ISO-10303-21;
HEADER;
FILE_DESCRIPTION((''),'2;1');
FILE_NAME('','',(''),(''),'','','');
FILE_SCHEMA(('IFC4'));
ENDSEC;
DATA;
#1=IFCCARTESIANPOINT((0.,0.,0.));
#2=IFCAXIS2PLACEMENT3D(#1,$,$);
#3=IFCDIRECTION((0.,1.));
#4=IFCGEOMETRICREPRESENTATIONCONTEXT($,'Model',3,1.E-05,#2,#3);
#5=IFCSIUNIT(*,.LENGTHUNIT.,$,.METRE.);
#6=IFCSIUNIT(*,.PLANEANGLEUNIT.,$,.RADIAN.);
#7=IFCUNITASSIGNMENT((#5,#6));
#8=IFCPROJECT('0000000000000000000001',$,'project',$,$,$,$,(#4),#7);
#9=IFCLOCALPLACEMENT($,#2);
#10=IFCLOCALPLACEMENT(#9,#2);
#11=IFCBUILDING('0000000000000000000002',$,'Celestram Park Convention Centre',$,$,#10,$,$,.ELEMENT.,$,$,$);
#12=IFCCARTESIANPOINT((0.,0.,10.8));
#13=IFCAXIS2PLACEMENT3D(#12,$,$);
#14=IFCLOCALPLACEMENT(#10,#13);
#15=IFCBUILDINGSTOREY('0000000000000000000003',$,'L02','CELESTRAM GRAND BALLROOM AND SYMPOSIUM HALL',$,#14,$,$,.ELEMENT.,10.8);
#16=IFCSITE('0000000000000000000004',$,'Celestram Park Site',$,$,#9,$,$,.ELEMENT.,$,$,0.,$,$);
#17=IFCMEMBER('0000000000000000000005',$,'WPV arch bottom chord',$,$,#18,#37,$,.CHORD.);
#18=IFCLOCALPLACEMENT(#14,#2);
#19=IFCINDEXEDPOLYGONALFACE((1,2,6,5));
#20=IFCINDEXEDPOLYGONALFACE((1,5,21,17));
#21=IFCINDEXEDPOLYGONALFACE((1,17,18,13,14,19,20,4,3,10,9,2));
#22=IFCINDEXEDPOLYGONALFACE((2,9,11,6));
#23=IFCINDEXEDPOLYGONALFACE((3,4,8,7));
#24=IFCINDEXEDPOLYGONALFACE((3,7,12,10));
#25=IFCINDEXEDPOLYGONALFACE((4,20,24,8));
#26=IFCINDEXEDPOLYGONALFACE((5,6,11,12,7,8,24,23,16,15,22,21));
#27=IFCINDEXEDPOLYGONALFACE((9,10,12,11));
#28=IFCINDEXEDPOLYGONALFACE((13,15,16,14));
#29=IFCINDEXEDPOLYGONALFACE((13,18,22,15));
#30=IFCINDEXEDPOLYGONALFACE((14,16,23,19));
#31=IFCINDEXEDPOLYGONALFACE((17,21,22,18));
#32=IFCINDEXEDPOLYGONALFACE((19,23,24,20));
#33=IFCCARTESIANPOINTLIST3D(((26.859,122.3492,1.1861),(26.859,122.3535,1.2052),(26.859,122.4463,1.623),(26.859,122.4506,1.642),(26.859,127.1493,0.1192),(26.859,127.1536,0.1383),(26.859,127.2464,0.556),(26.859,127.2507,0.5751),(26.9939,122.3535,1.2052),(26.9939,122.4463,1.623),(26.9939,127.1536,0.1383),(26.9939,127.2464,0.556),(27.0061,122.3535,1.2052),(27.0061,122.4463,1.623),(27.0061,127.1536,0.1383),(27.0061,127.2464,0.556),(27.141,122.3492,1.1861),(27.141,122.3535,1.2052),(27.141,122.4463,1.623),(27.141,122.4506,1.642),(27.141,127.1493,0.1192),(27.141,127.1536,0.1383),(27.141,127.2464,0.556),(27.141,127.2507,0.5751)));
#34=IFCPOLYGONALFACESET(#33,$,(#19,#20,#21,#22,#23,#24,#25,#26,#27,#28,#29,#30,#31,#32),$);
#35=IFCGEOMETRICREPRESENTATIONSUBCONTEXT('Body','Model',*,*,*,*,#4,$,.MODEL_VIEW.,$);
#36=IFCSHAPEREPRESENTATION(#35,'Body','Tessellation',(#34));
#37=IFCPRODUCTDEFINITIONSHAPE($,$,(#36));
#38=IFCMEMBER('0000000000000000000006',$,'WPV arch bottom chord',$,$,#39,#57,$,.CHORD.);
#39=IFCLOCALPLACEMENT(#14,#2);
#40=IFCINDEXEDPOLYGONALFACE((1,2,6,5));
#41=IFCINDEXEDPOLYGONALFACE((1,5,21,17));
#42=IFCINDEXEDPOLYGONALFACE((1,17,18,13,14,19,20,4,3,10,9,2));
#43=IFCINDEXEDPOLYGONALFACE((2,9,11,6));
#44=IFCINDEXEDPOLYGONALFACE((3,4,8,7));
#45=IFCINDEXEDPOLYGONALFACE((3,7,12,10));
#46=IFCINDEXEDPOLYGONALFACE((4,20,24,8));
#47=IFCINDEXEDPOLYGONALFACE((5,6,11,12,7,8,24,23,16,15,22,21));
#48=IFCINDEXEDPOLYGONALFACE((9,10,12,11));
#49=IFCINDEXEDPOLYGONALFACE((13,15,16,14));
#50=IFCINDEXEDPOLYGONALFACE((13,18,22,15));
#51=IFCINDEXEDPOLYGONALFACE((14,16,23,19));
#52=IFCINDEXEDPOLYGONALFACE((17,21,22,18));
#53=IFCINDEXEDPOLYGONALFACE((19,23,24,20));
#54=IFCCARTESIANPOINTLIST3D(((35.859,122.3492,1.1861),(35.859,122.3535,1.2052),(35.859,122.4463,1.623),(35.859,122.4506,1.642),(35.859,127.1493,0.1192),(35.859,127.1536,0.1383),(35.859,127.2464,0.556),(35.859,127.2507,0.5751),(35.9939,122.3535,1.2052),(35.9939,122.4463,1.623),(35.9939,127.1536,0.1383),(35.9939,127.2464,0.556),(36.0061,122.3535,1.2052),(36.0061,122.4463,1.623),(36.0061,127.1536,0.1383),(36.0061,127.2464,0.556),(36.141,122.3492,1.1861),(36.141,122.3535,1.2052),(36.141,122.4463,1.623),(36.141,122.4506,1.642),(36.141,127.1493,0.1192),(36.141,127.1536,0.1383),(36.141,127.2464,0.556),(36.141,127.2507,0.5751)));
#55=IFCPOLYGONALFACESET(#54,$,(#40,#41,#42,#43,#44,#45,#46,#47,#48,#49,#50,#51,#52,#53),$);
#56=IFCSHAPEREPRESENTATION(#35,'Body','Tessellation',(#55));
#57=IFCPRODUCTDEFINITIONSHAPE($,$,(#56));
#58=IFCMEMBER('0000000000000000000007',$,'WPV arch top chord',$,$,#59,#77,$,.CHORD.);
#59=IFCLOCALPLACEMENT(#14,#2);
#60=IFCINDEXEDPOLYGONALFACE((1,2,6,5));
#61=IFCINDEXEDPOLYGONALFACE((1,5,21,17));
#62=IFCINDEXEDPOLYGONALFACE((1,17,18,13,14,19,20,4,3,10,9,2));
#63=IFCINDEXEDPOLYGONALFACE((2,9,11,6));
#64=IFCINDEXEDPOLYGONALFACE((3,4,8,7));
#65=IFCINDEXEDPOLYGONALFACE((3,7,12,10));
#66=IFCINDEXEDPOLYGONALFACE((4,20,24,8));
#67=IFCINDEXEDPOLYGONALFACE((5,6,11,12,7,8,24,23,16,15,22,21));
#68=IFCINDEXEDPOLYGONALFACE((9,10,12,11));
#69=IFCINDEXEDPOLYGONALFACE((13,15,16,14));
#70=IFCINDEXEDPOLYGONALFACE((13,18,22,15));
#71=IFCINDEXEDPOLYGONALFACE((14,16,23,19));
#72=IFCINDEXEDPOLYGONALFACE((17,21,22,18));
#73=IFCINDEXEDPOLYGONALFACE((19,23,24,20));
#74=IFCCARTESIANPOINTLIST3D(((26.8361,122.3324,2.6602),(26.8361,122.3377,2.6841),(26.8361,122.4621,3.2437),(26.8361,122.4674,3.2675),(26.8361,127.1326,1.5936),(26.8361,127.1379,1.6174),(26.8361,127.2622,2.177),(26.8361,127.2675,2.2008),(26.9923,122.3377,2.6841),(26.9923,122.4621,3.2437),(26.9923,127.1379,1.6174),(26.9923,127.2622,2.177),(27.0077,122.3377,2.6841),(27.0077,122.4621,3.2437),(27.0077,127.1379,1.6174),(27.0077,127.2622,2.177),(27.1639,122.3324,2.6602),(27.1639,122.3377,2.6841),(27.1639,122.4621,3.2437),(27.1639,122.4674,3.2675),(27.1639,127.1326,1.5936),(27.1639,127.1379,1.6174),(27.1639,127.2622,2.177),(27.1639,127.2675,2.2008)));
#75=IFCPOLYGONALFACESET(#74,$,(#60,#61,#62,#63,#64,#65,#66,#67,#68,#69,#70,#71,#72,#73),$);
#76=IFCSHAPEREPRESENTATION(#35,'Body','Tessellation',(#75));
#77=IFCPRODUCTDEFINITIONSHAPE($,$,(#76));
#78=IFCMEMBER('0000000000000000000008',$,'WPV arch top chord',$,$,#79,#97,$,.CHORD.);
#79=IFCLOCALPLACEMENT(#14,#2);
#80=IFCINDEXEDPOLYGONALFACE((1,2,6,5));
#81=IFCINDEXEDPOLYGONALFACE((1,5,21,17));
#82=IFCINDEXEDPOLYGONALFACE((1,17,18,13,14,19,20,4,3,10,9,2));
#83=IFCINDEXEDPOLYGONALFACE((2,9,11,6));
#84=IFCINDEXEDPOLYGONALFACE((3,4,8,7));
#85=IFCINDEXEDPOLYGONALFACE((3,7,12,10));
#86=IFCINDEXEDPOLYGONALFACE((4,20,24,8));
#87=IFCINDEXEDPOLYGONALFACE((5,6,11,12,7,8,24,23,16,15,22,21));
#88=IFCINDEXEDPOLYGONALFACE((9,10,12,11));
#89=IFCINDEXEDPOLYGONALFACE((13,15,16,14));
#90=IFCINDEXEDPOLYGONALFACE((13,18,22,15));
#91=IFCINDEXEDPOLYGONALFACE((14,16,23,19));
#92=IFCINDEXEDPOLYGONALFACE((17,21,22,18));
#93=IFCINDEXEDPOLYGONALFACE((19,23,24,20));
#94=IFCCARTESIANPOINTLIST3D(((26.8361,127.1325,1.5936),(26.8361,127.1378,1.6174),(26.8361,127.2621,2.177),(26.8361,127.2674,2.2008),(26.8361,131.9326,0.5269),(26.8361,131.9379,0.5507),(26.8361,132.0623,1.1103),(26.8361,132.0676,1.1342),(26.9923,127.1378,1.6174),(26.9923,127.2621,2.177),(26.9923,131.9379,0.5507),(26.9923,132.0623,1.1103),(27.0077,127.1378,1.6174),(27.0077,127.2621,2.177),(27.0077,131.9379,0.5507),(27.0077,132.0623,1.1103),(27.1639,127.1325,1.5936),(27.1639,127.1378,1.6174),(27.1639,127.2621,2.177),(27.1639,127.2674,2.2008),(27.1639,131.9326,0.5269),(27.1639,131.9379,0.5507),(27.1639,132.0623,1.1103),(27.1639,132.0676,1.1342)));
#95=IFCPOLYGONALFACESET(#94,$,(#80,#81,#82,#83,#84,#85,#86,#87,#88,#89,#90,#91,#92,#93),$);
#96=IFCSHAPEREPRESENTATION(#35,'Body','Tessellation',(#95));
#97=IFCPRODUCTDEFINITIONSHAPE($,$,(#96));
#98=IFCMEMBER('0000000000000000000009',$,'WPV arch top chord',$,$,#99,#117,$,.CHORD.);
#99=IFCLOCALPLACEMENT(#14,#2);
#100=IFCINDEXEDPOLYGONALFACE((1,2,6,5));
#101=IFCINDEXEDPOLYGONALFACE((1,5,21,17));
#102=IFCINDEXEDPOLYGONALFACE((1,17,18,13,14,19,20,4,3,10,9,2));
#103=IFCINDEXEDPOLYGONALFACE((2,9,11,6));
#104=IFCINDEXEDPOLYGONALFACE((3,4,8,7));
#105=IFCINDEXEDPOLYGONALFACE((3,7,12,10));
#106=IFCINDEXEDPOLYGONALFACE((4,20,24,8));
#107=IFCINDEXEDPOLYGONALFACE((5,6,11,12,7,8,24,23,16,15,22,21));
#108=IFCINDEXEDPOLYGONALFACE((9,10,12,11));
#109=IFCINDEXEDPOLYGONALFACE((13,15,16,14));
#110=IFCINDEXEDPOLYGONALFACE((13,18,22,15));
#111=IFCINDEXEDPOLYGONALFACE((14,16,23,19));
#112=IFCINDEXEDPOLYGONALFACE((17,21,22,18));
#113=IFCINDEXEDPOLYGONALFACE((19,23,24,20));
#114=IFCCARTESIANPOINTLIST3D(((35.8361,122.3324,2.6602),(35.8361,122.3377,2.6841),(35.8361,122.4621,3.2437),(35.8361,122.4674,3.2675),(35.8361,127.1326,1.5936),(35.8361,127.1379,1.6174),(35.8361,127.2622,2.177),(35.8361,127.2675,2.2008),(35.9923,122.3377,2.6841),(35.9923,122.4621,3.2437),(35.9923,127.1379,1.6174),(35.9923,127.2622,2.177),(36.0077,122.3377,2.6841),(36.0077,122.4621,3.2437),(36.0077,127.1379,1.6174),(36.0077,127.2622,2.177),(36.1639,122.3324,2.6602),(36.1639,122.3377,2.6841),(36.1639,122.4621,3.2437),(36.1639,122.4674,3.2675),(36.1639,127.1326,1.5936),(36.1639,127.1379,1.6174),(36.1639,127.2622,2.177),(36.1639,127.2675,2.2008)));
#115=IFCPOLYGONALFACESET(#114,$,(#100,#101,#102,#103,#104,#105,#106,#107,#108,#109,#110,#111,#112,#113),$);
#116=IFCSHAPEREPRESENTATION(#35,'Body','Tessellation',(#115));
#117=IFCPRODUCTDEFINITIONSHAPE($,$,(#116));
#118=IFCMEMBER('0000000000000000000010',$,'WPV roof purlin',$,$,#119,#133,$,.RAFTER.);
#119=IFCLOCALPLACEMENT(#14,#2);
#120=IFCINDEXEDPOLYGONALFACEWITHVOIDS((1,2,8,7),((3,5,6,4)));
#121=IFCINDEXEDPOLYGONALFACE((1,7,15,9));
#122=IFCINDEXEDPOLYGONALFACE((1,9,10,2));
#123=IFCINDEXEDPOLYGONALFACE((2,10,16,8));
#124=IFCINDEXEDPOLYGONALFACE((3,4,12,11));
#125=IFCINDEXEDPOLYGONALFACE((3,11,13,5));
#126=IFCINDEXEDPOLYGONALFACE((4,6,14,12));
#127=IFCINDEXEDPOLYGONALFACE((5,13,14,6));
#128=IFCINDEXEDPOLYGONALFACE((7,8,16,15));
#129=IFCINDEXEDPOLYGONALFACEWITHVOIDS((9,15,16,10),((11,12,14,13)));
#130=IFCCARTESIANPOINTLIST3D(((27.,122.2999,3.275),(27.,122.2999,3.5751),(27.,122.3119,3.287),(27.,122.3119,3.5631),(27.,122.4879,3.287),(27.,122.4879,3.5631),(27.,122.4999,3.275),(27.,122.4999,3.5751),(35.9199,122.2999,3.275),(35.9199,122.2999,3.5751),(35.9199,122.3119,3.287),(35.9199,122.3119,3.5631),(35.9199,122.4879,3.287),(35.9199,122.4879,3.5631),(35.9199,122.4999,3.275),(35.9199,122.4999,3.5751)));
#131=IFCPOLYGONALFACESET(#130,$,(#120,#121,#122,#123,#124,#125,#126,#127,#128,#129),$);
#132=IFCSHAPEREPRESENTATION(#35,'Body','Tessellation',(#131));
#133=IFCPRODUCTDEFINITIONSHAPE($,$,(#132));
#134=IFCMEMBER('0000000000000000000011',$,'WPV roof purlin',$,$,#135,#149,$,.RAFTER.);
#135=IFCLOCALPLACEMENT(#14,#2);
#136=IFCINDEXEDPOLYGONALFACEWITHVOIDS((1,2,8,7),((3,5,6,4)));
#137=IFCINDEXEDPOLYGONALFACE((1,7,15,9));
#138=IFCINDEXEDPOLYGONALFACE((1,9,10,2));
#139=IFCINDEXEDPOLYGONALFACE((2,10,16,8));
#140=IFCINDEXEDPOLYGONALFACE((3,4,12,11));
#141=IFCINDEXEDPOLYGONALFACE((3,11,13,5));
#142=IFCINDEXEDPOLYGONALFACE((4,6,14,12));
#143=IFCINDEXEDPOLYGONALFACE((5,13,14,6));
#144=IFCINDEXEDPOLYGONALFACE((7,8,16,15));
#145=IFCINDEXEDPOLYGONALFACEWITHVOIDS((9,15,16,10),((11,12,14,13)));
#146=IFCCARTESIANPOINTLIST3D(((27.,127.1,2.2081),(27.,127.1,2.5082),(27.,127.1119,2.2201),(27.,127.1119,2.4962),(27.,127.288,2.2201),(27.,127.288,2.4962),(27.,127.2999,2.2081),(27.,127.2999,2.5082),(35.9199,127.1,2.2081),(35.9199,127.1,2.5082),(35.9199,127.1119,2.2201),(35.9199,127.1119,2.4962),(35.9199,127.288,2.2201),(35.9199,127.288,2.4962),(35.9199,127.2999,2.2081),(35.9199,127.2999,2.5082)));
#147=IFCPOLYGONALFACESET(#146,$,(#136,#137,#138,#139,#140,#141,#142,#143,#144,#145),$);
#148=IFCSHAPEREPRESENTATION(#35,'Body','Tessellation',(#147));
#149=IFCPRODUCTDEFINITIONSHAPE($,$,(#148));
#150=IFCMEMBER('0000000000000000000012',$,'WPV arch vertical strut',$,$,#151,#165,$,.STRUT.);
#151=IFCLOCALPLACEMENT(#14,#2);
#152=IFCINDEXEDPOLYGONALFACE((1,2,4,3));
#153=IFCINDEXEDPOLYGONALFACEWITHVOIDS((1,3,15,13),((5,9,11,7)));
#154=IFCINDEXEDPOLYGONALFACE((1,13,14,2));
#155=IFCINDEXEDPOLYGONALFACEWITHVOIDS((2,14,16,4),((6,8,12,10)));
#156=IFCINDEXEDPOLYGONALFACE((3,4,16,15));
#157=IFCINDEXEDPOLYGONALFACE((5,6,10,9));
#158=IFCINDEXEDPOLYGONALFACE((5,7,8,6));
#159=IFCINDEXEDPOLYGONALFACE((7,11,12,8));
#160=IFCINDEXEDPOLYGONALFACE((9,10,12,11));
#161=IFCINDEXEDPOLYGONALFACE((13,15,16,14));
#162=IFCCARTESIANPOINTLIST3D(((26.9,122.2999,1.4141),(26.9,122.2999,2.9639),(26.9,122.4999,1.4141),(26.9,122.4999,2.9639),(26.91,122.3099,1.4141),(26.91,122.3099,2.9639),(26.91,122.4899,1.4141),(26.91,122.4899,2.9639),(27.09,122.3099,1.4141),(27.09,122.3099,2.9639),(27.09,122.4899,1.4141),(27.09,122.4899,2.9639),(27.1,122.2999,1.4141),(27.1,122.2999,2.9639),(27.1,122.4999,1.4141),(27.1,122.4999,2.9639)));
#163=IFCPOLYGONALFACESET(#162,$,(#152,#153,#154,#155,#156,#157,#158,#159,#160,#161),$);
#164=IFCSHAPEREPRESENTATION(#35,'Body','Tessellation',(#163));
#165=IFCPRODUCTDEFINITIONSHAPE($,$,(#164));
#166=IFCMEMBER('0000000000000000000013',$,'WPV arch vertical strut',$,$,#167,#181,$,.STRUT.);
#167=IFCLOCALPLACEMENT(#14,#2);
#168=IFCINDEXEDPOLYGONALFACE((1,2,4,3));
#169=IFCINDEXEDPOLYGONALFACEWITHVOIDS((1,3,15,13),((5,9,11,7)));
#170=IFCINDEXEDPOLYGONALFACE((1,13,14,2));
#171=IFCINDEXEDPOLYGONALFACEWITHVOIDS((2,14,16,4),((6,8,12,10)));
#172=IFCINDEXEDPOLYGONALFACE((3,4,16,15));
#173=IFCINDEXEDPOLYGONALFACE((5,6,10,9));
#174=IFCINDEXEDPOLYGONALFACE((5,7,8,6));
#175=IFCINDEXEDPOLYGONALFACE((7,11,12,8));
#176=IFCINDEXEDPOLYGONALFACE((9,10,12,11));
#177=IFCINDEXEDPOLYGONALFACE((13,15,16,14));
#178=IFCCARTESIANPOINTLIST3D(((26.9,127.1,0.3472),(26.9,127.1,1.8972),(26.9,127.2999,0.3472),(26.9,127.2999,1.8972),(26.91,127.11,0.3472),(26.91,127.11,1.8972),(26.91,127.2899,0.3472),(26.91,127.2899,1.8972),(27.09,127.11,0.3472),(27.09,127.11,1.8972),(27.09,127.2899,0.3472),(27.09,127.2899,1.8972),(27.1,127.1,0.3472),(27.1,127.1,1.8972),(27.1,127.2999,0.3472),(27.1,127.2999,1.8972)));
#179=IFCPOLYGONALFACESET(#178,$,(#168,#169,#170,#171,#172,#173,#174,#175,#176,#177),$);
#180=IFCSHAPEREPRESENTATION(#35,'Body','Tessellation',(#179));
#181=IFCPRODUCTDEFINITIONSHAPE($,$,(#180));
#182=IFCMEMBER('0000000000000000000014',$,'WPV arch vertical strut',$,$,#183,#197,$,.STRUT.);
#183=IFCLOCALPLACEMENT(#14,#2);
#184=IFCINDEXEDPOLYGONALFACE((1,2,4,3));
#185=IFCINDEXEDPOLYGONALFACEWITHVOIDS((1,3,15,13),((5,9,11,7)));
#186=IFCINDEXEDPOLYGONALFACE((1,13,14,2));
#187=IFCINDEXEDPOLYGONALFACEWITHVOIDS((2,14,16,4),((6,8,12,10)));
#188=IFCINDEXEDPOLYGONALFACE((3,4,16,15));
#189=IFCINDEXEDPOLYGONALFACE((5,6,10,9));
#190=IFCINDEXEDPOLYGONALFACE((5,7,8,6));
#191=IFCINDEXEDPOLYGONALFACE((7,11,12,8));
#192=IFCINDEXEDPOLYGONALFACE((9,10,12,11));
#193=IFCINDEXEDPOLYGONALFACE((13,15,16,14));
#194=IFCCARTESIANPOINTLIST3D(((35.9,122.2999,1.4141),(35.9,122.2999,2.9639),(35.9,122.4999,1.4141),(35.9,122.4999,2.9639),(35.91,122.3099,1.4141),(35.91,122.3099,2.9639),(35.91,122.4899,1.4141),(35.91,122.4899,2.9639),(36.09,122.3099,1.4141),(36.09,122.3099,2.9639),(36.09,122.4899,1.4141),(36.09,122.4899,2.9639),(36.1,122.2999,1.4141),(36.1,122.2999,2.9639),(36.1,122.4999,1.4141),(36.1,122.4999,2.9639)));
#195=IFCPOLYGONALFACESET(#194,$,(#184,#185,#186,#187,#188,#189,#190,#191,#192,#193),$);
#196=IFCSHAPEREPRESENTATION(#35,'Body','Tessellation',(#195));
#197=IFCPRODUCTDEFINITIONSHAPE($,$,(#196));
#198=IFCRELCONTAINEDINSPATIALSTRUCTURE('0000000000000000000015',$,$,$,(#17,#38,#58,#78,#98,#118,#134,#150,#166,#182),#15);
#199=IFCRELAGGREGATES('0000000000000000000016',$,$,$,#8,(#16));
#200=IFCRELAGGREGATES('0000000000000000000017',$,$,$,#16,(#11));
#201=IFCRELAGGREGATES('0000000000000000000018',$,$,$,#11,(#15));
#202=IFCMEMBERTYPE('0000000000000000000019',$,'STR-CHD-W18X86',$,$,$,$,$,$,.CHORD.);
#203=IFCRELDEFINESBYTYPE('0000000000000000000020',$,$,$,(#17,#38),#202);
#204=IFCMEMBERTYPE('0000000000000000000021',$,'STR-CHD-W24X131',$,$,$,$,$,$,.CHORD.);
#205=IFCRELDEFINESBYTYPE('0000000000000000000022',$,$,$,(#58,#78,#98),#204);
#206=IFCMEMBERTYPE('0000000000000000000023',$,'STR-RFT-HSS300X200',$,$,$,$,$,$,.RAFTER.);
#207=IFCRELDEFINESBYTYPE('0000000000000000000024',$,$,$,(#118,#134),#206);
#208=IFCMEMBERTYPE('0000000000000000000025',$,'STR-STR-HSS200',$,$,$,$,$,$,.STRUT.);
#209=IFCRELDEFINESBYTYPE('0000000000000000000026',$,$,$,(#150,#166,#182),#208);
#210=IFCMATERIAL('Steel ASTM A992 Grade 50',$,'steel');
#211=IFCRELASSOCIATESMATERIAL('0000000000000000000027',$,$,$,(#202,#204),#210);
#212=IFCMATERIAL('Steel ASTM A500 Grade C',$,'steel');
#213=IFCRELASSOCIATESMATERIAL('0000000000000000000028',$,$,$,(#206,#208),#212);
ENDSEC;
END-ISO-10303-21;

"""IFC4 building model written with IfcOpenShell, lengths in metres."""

from ifc_helpers import new_model, si_unit, direction, frame, origin, origin_2d, place, context, subcontext, project, spatial, hollow_rectangle, i_section, extrude, material, material_profile, profile_set, type_object, element, save


model = new_model("IFC4")

# Units and contexts
model_context = context("Model", 3, precision=1e-05, world=origin(), true_north=direction((0.0, 1.0)))
body_context = subcontext(model_context, "Body", "Model", "MODEL_VIEW")
ifc_project = project(units=[si_unit("LENGTHUNIT", "METRE"), si_unit("PLANEANGLEUNIT", "RADIAN")], contexts=[model_context])

# Site, building, storey
site_placement = place(None, origin())
site = spatial("IfcSite", under=ifc_project, at=site_placement, Name="Celestram Park Site", CompositionType="ELEMENT", RefElevation=0.0)
building_placement = place(site_placement, origin())
building = spatial("IfcBuilding", under=site, at=building_placement, Name="Celestram Park Convention Centre", CompositionType="ELEMENT")
storey_placement = place(building_placement, frame((0.0, 0.0, 10.8)))
storey = spatial("IfcBuildingStorey", under=building, at=storey_placement, Name="L02", Description="CELESTRAM GRAND BALLROOM AND SYMPOSIUM HALL", CompositionType="ELEMENT", Elevation=10.8)

# Members
ifc_material_1 = material(Name="Steel ASTM A500 Grade C", Category="steel")
ifc_material_2 = material(Name="Steel ASTM A992 Grade 50", Category="steel")
ifc_material_profile_1 = material_profile(ifc_material_2, i_section(OverallWidth=0.282, OverallDepth=0.467, WebThickness=0.0122, FlangeThickness=0.0195, at=origin_2d()), Name="W18X86")
ifc_profile_set_1 = profile_set([ifc_material_profile_1], Name="Steel ASTM A992 Grade 50")
member_type_1 = type_object("IfcMemberType", Name="STR-CHD-W18X86", PredefinedType="CHORD", material=ifc_profile_set_1)
for number, where, z_axis, x_axis, name in (
    (1, (27.0, 122.3999, 1.4141), (0.0, 0.976178, -0.216973), (-1.0, 0.0, 0.0), "WPV arch bottom chord"),
    (2, (36.0, 122.3999, 1.4141), (0.0, 0.976178, -0.216973), (-1.0, 0.0, 0.0), "WPV arch bottom chord"),
):
    element("IfcMember", number, at=place(storey_placement, frame(where, z_axis=z_axis, x_axis=x_axis)), inside=storey, type_object=member_type_1, Name=name, PredefinedType="CHORD", context=body_context, shape_type="SweptSolid", body=[
        extrude(i_section(OverallWidth=0.282, OverallDepth=0.467, WebThickness=0.0122, FlangeThickness=0.0195, at=origin_2d()), origin(), (0.0, 0.0, 1.0), 4.9172),
    ])
ifc_material_profile_2 = material_profile(ifc_material_2, i_section(OverallWidth=0.3279, OverallDepth=0.6221, WebThickness=0.0154, FlangeThickness=0.0244, at=origin_2d()), Name="W24X131")
ifc_profile_set_2 = profile_set([ifc_material_profile_2], Name="Steel ASTM A992 Grade 50")
member_type_2 = type_object("IfcMemberType", Name="STR-CHD-W24X131", PredefinedType="CHORD", material=ifc_profile_set_2)
for number, where, z_axis, x_axis, name in (
    (3, (27.0, 122.3999, 2.9639), (0.0, 0.976188, -0.216925), (-1.0, 0.0, 0.0), "WPV arch top chord"),
    (4, (27.0, 127.2, 1.8972), (0.0, 0.976188, -0.216925), (-1.0, 0.0, 0.0), "WPV arch top chord"),
    (5, (36.0, 122.3999, 2.9639), (0.0, 0.976188, -0.216925), (-1.0, 0.0, 0.0), "WPV arch top chord"),
):
    element("IfcMember", number, at=place(storey_placement, frame(where, z_axis=z_axis, x_axis=x_axis)), inside=storey, type_object=member_type_2, Name=name, PredefinedType="CHORD", context=body_context, shape_type="SweptSolid", body=[
        extrude(i_section(OverallWidth=0.3279, OverallDepth=0.6221, WebThickness=0.0154, FlangeThickness=0.0244, at=origin_2d()), origin(), (0.0, 0.0, 1.0), 4.9172),
    ])
ifc_material_profile_3 = material_profile(ifc_material_1, hollow_rectangle(XDim=0.2, YDim=0.3, WallThickness=0.012, at=origin_2d()), Name="HSS300X200X12")
ifc_profile_set_3 = profile_set([ifc_material_profile_3], Name="Steel ASTM A500 Grade C")
member_type_3 = type_object("IfcMemberType", Name="STR-RFT-HSS300X200", PredefinedType="RAFTER", material=ifc_profile_set_3)
for number, where, z_axis, x_axis, name in (
    (6, (27.0, 122.3999, 3.425), (1.0, 0.0, 0.0), (0.0, 1.0, 0.0), "WPV roof purlin"),
    (7, (27.0, 127.2, 2.3582), (1.0, 0.0, 0.0), (0.0, 1.0, 0.0), "WPV roof purlin"),
):
    element("IfcMember", number, at=place(storey_placement, frame(where, z_axis=z_axis, x_axis=x_axis)), inside=storey, type_object=member_type_3, Name=name, PredefinedType="RAFTER", context=body_context, shape_type="SweptSolid", body=[
        extrude(hollow_rectangle(XDim=0.2, YDim=0.3, WallThickness=0.012, at=origin_2d()), origin(), (0.0, 0.0, 1.0), 8.9199),
    ])
ifc_material_profile_4 = material_profile(ifc_material_1, hollow_rectangle(XDim=0.2, YDim=0.2, WallThickness=0.01, at=origin_2d()), Name="HSS200X200X10")
ifc_profile_set_4 = profile_set([ifc_material_profile_4], Name="Steel ASTM A500 Grade C")
member_type_4 = type_object("IfcMemberType", Name="STR-STR-HSS200", PredefinedType="STRUT", material=ifc_profile_set_4)
member_1_placement = place(storey_placement, frame((27.0, 122.3999, 1.4141), z_axis=(0.0, 0.0, 1.0), x_axis=(1.0, 0.0, 0.0)))
element("IfcMember", 8, at=member_1_placement, inside=storey, type_object=member_type_4, Name="WPV arch vertical strut", PredefinedType="STRUT", context=body_context, shape_type="SweptSolid", body=[
    extrude(hollow_rectangle(XDim=0.2, YDim=0.2, WallThickness=0.01, at=origin_2d()), origin(), (0.0, 0.0, 1.0), 1.5498),
])
member_2_placement = place(storey_placement, frame((27.0, 127.2, 0.3472), z_axis=(0.0, 0.0, 1.0), x_axis=(1.0, 0.0, 0.0)))
element("IfcMember", 9, at=member_2_placement, inside=storey, type_object=member_type_4, Name="WPV arch vertical strut", PredefinedType="STRUT", context=body_context, shape_type="SweptSolid", body=[
    extrude(hollow_rectangle(XDim=0.2, YDim=0.2, WallThickness=0.01, at=origin_2d()), origin(), (0.0, 0.0, 1.0), 1.55),
])
member_3_placement = place(storey_placement, frame((36.0, 122.3999, 1.4141), z_axis=(0.0, 0.0, 1.0), x_axis=(1.0, 0.0, 0.0)))
element("IfcMember", 10, at=member_3_placement, inside=storey, type_object=member_type_4, Name="WPV arch vertical strut", PredefinedType="STRUT", context=body_context, shape_type="SweptSolid", body=[
    extrude(hollow_rectangle(XDim=0.2, YDim=0.2, WallThickness=0.01, at=origin_2d()), origin(), (0.0, 0.0, 1.0), 1.5498),
])

save(model, "model.ifc")
